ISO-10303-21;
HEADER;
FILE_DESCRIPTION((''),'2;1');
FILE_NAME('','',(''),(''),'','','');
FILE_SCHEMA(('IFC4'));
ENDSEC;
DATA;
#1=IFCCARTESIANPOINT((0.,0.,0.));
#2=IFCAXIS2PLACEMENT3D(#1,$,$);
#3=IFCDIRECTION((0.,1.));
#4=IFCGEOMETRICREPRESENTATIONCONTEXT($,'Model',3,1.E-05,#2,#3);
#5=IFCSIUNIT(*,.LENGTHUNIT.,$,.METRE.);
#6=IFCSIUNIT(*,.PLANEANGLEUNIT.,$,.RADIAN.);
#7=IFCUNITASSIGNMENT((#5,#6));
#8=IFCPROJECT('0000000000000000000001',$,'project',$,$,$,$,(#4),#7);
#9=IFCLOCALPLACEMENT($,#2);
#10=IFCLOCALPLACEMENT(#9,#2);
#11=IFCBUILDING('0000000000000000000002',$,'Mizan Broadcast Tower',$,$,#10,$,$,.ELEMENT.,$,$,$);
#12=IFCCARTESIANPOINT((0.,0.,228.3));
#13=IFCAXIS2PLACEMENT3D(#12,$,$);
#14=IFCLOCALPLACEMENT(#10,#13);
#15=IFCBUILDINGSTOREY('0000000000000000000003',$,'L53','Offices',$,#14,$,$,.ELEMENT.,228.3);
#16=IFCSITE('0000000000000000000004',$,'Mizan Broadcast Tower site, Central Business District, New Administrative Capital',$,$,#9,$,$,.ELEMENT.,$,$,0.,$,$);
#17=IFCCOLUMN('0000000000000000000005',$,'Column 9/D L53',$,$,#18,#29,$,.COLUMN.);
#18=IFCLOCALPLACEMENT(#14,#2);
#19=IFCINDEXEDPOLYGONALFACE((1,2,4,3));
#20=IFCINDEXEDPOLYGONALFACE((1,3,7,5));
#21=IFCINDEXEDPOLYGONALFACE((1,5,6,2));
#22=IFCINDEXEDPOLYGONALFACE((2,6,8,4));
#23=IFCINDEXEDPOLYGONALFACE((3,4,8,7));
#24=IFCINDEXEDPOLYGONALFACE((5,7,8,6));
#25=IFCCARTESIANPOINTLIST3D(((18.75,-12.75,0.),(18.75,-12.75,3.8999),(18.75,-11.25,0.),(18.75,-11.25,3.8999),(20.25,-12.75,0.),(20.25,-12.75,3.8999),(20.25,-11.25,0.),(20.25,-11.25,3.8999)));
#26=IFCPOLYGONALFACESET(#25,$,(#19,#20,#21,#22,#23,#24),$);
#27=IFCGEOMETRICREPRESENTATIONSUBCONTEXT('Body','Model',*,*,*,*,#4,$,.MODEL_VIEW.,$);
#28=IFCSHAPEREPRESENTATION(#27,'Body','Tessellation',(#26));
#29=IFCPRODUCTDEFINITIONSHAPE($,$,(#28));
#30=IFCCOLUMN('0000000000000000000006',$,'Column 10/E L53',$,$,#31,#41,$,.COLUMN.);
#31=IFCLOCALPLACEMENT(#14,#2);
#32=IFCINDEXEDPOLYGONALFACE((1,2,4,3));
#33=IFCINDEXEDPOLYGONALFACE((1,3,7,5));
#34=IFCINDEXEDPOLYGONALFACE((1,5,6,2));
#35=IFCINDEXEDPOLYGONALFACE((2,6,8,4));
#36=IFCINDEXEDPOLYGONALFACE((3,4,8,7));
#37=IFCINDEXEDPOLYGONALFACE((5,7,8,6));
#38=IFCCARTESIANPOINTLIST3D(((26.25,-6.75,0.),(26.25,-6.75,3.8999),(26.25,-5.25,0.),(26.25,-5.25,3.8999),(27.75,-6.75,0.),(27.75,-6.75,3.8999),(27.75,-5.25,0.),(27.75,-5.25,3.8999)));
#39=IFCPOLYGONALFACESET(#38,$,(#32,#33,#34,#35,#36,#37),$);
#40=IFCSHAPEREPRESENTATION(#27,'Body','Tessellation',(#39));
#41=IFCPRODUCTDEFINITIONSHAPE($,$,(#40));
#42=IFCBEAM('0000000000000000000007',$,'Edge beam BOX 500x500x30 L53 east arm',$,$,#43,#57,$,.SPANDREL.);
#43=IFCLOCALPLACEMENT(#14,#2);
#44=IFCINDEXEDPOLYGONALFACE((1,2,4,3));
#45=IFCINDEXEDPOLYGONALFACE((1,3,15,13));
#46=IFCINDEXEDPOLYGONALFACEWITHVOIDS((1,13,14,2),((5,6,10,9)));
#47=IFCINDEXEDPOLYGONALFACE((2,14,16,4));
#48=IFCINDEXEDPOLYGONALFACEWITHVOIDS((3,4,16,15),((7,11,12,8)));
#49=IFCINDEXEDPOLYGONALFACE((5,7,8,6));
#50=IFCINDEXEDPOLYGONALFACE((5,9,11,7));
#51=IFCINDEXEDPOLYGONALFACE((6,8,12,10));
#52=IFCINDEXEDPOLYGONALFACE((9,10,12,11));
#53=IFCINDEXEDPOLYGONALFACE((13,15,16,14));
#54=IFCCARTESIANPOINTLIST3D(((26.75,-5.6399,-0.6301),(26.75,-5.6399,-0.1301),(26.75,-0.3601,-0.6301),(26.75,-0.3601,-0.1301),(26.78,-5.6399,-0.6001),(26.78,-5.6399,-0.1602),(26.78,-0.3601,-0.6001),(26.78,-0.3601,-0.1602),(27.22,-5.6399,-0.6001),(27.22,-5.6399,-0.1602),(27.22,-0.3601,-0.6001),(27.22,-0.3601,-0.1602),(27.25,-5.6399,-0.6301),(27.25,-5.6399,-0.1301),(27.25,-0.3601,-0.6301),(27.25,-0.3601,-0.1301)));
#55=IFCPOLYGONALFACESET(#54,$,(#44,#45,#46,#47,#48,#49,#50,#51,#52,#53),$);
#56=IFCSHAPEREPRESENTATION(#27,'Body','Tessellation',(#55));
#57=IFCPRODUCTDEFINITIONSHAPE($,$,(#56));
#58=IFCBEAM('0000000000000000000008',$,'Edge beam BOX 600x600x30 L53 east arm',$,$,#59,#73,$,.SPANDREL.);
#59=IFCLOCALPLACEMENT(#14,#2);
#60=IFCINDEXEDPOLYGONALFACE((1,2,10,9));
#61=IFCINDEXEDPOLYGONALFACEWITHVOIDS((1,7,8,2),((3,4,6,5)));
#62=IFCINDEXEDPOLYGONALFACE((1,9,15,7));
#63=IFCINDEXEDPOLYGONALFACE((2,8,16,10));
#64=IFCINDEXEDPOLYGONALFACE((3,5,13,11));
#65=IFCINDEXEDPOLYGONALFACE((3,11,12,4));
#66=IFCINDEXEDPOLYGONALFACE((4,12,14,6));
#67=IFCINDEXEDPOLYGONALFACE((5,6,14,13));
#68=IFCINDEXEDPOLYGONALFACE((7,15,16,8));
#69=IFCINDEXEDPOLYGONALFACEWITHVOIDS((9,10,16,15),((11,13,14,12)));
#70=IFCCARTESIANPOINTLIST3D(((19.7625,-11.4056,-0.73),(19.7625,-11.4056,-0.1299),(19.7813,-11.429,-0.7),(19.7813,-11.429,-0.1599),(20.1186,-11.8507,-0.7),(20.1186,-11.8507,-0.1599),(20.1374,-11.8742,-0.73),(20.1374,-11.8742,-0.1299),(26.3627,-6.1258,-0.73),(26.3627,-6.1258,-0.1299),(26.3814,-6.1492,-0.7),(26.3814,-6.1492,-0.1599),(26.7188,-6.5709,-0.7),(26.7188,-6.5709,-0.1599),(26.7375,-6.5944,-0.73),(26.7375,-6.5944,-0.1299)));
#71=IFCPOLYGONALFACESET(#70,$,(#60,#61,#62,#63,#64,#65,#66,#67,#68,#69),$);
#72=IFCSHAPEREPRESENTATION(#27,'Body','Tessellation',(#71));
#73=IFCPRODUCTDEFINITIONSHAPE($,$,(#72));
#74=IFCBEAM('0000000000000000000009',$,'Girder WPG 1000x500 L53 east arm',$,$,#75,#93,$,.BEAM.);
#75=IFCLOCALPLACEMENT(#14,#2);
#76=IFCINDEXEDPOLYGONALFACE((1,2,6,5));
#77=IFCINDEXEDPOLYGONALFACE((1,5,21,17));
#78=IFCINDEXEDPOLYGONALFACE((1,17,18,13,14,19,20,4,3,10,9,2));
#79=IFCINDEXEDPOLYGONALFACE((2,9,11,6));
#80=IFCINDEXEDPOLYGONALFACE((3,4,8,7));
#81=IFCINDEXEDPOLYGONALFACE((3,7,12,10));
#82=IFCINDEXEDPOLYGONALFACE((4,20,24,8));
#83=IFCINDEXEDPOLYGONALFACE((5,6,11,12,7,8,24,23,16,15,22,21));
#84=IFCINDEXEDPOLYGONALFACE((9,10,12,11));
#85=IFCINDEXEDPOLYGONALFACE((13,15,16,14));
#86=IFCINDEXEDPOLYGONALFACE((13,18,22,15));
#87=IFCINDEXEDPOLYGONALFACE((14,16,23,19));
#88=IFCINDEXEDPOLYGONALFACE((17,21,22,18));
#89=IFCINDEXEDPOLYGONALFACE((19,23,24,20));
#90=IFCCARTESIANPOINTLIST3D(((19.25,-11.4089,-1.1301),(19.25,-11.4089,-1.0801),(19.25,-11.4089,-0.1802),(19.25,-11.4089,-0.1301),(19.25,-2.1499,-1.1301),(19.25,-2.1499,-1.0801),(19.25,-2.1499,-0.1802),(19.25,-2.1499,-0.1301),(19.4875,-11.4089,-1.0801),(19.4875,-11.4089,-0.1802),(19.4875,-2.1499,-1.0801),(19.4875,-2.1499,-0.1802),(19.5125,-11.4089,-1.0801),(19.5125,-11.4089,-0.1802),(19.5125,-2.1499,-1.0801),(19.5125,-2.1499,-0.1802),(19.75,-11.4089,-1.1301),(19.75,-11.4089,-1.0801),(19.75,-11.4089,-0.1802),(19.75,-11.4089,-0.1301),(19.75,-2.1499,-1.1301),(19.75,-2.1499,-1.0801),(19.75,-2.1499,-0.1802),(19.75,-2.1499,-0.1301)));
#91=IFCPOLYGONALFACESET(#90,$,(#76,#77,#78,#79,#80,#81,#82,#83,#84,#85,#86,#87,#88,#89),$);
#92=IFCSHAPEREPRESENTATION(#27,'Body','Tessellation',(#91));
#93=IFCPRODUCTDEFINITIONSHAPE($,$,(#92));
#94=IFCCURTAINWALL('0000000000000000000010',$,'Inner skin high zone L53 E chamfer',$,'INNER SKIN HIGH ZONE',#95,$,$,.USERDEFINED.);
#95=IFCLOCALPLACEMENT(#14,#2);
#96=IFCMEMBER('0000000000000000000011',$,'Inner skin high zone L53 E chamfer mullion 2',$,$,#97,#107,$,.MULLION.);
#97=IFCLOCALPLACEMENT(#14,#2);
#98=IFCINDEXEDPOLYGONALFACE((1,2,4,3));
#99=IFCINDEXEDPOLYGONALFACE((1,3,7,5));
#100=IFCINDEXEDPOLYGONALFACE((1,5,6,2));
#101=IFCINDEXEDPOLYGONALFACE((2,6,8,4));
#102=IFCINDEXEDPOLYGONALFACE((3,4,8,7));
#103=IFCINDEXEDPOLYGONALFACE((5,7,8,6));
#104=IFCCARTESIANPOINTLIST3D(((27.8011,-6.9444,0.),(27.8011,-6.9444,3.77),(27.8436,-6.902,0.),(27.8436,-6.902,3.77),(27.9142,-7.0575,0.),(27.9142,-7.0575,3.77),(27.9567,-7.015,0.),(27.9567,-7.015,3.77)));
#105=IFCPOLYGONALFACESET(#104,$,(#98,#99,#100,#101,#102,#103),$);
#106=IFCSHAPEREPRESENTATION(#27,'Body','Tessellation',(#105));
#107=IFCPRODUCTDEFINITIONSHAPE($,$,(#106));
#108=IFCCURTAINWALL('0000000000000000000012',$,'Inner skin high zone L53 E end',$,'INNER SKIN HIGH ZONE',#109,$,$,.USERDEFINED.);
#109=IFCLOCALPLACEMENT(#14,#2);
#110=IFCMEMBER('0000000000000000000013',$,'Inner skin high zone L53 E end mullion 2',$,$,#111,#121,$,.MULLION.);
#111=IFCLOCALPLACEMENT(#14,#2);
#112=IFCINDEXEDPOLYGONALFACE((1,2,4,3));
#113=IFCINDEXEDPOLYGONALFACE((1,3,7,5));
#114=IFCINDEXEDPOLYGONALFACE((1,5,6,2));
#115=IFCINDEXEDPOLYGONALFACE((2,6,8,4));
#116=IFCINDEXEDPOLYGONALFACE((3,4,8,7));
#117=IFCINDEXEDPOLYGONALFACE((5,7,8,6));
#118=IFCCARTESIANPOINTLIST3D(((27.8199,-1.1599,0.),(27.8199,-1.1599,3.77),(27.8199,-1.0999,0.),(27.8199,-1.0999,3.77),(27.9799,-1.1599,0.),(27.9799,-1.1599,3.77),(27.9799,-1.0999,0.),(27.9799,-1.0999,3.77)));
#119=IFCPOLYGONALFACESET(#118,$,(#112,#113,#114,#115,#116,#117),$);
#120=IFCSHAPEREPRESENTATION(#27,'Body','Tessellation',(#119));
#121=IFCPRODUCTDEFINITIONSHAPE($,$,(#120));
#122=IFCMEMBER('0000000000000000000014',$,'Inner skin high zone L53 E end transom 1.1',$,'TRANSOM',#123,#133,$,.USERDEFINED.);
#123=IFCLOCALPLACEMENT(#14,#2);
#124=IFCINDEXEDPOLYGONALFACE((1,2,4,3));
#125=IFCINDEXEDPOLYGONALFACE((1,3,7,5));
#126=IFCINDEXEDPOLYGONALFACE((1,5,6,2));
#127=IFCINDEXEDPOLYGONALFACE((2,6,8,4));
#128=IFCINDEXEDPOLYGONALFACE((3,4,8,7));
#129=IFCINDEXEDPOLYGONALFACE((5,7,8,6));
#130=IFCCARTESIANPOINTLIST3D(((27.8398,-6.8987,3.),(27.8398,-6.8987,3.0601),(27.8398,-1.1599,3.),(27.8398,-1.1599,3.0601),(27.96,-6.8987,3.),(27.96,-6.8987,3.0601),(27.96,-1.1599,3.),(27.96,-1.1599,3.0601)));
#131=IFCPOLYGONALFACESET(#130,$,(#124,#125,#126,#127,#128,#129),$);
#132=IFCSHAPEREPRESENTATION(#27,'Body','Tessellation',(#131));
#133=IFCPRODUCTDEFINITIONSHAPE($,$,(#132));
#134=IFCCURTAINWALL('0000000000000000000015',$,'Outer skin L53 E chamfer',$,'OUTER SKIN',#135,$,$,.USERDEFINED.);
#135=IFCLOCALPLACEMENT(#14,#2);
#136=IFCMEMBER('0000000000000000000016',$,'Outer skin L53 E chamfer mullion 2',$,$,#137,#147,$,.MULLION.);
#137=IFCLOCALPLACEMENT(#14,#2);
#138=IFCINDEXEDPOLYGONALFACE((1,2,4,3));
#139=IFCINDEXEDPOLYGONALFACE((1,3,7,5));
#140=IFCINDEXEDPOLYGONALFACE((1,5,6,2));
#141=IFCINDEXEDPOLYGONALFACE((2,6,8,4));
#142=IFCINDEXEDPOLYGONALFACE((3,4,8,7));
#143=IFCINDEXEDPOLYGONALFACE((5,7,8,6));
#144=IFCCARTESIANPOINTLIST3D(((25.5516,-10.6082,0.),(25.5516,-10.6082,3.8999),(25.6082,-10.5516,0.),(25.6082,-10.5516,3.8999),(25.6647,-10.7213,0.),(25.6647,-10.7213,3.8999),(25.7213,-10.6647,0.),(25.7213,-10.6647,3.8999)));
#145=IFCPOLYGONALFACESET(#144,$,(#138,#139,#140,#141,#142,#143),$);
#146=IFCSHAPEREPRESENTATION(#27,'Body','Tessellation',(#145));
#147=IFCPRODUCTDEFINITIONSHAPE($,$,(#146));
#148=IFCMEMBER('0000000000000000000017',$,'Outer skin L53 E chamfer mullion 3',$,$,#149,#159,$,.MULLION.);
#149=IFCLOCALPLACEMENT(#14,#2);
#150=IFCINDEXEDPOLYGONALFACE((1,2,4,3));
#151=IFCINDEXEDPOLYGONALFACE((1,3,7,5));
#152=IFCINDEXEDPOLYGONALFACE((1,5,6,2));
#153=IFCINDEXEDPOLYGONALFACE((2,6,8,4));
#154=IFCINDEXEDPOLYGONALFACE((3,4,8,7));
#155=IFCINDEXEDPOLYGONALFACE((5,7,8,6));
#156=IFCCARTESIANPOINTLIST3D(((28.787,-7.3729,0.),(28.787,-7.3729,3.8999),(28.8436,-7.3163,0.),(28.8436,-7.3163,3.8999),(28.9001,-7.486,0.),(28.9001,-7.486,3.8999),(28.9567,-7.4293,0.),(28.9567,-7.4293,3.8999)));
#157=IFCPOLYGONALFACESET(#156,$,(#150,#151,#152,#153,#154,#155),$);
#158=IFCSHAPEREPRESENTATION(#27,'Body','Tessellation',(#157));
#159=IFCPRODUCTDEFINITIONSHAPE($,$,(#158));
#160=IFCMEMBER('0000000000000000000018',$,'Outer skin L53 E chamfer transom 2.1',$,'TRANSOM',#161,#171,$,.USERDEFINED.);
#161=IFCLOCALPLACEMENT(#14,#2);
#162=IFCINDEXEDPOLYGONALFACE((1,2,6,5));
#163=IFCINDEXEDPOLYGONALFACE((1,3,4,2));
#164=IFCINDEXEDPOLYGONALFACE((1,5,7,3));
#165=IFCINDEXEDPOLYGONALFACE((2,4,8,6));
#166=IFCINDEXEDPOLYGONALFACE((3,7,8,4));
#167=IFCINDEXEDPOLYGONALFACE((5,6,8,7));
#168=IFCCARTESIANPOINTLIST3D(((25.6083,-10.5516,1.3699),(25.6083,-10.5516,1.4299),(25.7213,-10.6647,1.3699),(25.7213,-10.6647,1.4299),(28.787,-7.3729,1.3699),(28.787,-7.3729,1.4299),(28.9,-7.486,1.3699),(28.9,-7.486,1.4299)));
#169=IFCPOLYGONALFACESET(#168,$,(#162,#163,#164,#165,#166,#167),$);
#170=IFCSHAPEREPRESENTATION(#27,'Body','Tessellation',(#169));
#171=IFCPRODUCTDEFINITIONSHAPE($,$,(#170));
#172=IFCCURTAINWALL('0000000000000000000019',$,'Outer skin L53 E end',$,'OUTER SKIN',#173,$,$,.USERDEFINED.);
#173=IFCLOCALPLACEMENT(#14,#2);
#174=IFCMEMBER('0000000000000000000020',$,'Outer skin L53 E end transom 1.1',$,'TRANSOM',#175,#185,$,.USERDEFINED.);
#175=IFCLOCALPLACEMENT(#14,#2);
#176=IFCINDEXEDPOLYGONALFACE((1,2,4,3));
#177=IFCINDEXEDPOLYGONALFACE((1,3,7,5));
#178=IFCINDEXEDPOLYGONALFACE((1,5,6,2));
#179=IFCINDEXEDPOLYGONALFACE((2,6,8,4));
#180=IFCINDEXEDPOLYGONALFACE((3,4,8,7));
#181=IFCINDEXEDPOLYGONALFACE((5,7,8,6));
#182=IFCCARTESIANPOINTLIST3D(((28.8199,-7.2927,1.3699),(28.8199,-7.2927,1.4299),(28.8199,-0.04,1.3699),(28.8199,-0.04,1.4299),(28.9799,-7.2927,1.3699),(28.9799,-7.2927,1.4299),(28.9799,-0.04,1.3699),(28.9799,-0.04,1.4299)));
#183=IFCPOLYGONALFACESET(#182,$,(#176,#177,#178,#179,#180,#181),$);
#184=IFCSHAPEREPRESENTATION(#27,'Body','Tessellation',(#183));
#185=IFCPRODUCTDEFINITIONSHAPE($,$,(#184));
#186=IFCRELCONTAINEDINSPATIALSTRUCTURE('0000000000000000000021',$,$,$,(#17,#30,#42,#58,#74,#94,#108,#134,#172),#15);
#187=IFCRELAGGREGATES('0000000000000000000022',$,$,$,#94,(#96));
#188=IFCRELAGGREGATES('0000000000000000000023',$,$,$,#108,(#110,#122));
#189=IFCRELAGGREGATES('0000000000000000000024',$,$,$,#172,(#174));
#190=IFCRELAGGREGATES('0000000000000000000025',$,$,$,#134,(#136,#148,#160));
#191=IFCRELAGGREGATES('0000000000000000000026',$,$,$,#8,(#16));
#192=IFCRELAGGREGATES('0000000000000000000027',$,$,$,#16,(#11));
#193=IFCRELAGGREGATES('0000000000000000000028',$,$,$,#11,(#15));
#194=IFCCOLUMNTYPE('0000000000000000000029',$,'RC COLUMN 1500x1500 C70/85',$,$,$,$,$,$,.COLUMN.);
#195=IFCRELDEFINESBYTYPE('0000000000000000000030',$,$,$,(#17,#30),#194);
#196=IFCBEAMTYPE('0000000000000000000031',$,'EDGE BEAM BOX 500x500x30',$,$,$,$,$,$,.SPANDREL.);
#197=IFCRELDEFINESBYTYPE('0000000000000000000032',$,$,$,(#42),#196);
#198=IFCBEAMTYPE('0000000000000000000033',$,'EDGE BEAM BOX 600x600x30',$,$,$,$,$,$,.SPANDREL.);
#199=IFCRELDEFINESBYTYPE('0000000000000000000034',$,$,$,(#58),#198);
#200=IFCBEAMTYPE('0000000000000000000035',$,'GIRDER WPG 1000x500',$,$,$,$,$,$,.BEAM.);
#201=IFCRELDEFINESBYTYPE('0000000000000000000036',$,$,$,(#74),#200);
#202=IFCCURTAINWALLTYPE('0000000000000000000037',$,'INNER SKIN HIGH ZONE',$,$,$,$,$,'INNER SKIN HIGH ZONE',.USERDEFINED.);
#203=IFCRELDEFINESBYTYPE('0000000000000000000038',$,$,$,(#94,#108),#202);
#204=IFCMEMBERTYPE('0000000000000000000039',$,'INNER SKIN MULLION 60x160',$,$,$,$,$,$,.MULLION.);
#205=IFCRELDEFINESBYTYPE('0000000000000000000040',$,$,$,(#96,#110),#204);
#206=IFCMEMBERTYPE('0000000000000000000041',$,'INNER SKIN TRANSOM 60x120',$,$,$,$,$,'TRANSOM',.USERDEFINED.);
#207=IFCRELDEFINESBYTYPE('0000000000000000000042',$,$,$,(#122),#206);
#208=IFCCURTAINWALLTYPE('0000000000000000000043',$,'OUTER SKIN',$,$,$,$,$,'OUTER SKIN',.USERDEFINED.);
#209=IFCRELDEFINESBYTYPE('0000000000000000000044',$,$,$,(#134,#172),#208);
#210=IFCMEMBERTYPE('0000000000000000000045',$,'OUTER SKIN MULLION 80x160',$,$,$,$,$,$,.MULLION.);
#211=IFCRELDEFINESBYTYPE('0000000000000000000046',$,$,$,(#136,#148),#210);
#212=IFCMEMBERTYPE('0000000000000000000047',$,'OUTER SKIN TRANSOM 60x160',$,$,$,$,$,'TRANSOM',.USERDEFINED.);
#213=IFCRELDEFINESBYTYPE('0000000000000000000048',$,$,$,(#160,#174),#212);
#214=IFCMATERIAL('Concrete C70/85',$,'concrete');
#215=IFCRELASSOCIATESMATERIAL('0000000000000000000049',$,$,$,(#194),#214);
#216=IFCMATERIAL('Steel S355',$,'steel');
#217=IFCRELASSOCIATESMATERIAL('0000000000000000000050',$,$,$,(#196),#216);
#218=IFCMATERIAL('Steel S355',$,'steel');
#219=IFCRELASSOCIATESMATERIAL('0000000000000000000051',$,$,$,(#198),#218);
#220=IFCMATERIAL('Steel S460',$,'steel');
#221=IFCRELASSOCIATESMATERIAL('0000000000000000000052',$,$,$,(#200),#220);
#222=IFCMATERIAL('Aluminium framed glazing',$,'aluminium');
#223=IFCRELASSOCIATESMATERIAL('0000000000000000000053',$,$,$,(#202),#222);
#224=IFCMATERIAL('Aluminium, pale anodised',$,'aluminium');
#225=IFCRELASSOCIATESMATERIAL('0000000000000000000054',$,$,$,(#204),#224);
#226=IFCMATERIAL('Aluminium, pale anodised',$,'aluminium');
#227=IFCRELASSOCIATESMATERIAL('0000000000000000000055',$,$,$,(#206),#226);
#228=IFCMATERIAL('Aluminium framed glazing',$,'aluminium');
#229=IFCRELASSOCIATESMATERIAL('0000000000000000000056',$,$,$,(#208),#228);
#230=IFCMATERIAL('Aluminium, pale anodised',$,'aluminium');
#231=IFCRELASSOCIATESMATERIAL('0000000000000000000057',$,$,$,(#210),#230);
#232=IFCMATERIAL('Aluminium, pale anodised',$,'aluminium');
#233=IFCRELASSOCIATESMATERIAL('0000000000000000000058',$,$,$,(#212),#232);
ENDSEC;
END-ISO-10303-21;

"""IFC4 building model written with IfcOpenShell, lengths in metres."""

from ifc_helpers import new_model, si_unit, direction, frame, origin, origin_2d, place, context, subcontext, project, spatial, rectangle, hollow_rectangle, i_section, extrude, material, material_profile, profile_set, type_object, element, aggregate, save


model = new_model("IFC4")

# Units and contexts
model_context = context("Model", 3, precision=1e-05, world=origin(), true_north=direction((0.0, 1.0)))
body_context = subcontext(model_context, "Body", "Model", "MODEL_VIEW")
ifc_project = project(units=[si_unit("LENGTHUNIT", "METRE"), si_unit("PLANEANGLEUNIT", "RADIAN")], contexts=[model_context])

# Site, building, storey
site_placement = place(None, origin())
site = spatial("IfcSite", under=ifc_project, at=site_placement, Name="Mizan Broadcast Tower site, Central Business District, New Administrative Capital", CompositionType="ELEMENT", RefElevation=0.0)
building_placement = place(site_placement, origin())
building = spatial("IfcBuilding", under=site, at=building_placement, Name="Mizan Broadcast Tower", CompositionType="ELEMENT")
storey_placement = place(building_placement, frame((0.0, 0.0, 228.3)))
storey = spatial("IfcBuildingStorey", under=building, at=storey_placement, Name="L53", Description="Offices", CompositionType="ELEMENT", Elevation=228.3)

# Columns
ifc_material_1 = material(Name="Concrete C70/85", Category="concrete")
ifc_material_profile_1 = material_profile(ifc_material_1, rectangle(XDim=1.5, YDim=1.5, at=origin_2d()), Name="RC 1500x1500")
ifc_profile_set_1 = profile_set([ifc_material_profile_1], Name="Concrete C70/85")
column_type = type_object("IfcColumnType", Name="RC COLUMN 1500x1500 C70/85", PredefinedType="COLUMN", material=ifc_profile_set_1)
for number, where, z_axis, x_axis, name in (
    (1, (19.5, -12.0, 0.0), (0.0, 0.0, 1.0), (1.0, 0.0, 0.0), "Column 9/D L53"),
    (2, (27.0, -6.0, 0.0), (0.0, 0.0, 1.0), (1.0, 0.0, 0.0), "Column 10/E L53"),
):
    element("IfcColumn", number, at=place(storey_placement, frame(where, z_axis=z_axis, x_axis=x_axis)), inside=storey, type_object=column_type, Name=name, PredefinedType="COLUMN", context=body_context, shape_type="SweptSolid", body=[
        extrude(rectangle(XDim=1.5, YDim=1.5, at=origin_2d()), origin(), (0.0, 0.0, 1.0), 3.8999),
    ])

# Beams
ifc_material_2 = material(Name="Steel S355", Category="steel")
ifc_material_profile_2 = material_profile(ifc_material_2, hollow_rectangle(XDim=0.5, YDim=0.5, WallThickness=0.03, at=origin_2d()), Name="BOX 500x500x30")
ifc_profile_set_2 = profile_set([ifc_material_profile_2], Name="Steel S355")
beam_type_1 = type_object("IfcBeamType", Name="EDGE BEAM BOX 500x500x30", PredefinedType="SPANDREL", material=ifc_profile_set_2)
beam_1_placement = place(storey_placement, frame((27.0, -5.6399, -0.3801), z_axis=(0.0, 1.0, 0.0), x_axis=(-1.0, 0.0, 0.0)))
element("IfcBeam", 3, at=beam_1_placement, inside=storey, type_object=beam_type_1, Name="Edge beam BOX 500x500x30 L53 east arm", PredefinedType="SPANDREL", context=body_context, shape_type="SweptSolid", body=[
    extrude(hollow_rectangle(XDim=0.5, YDim=0.5, WallThickness=0.03, at=origin_2d()), origin(), (0.0, 0.0, 1.0), 5.2798),
])
ifc_material_3 = material(Name="Steel S355", Category="steel")
ifc_material_profile_3 = material_profile(ifc_material_3, hollow_rectangle(XDim=0.6001, YDim=0.6001, WallThickness=0.03, at=origin_2d()), Name="BOX 600x600x30")
ifc_profile_set_3 = profile_set([ifc_material_profile_3], Name="Steel S355")
beam_type_2 = type_object("IfcBeamType", Name="EDGE BEAM BOX 600x600x30", PredefinedType="SPANDREL", material=ifc_profile_set_3)
beam_2_placement = place(storey_placement, frame((19.95, -11.6399, -0.4299), z_axis=(0.780886, 0.624674, 0.0), x_axis=(-0.624674, 0.780886, 0.0)))
element("IfcBeam", 4, at=beam_2_placement, inside=storey, type_object=beam_type_2, Name="Edge beam BOX 600x600x30 L53 east arm", PredefinedType="SPANDREL", context=body_context, shape_type="SweptSolid", body=[
    extrude(hollow_rectangle(XDim=0.6001, YDim=0.6001, WallThickness=0.03, at=origin_2d()), origin(), (0.0, 0.0, 1.0), 8.4521),
])
ifc_material_4 = material(Name="Steel S460", Category="steel")
ifc_material_profile_4 = material_profile(ifc_material_4, i_section(OverallWidth=0.5, OverallDepth=1.0, WebThickness=0.0249, FlangeThickness=0.05, at=origin_2d()), Name="WPG 1000x500")
ifc_profile_set_4 = profile_set([ifc_material_profile_4], Name="Steel S460")
beam_type_3 = type_object("IfcBeamType", Name="GIRDER WPG 1000x500", PredefinedType="BEAM", material=ifc_profile_set_4)
beam_3_placement = place(storey_placement, frame((19.5, -11.4089, -0.6301), z_axis=(0.0, 1.0, 0.0), x_axis=(-1.0, 0.0, 0.0)))
element("IfcBeam", 5, at=beam_3_placement, inside=storey, type_object=beam_type_3, Name="Girder WPG 1000x500 L53 east arm", PredefinedType="BEAM", context=body_context, shape_type="SweptSolid", body=[
    extrude(i_section(OverallWidth=0.5, OverallDepth=1.0, WebThickness=0.0249, FlangeThickness=0.05, at=origin_2d()), origin(), (0.0, 0.0, 1.0), 9.259),
])

# Curtain wall, member
ifc_material_5 = material(Name="Aluminium framed glazing", Category="aluminium")
curtain_wall_type_1 = type_object("IfcCurtainWallType", Name="INNER SKIN HIGH ZONE", ElementType="INNER SKIN HIGH ZONE", PredefinedType="USERDEFINED", material=ifc_material_5)
curtain_wall_1_placement = place(storey_placement, origin())
curtain_wall_1 = element("IfcCurtainWall", 6, at=curtain_wall_1_placement, inside=storey, type_object=curtain_wall_type_1, Name="Inner skin high zone L53 E chamfer", ObjectType="INNER SKIN HIGH ZONE", PredefinedType="USERDEFINED")
ifc_material_6 = material(Name="Aluminium, pale anodised", Category="aluminium")
ifc_material_profile_5 = material_profile(ifc_material_6, rectangle(XDim=0.1599, YDim=0.0601, at=origin_2d()), Name="MULLION 160x60")
ifc_profile_set_5 = profile_set([ifc_material_profile_5], Name="Aluminium, pale anodised")
member_type_1 = type_object("IfcMemberType", Name="INNER SKIN MULLION 60x160", PredefinedType="MULLION", material=ifc_profile_set_5)
member_1_placement = place(storey_placement, frame((27.8789, -6.9797, 0.0), z_axis=(0.0, 0.0, 1.0), x_axis=(-0.707107, 0.707107, 0.0)))
member_1 = element("IfcMember", 7, at=member_1_placement, type_object=member_type_1, Name="Inner skin high zone L53 E chamfer mullion 2", PredefinedType="MULLION", context=body_context, shape_type="SweptSolid", body=[
    extrude(rectangle(XDim=0.1599, YDim=0.0601, at=origin_2d()), origin(), (0.0, 0.0, 1.0), 3.77),
])

# Curtain walls, members
curtain_wall_2_placement = place(storey_placement, origin())
curtain_wall_2 = element("IfcCurtainWall", 8, at=curtain_wall_2_placement, inside=storey, type_object=curtain_wall_type_1, Name="Inner skin high zone L53 E end", ObjectType="INNER SKIN HIGH ZONE", PredefinedType="USERDEFINED")
member_2_placement = place(storey_placement, frame((27.8999, -1.1299, 0.0), z_axis=(0.0, 0.0, 1.0), x_axis=(-1.0, 0.0, 0.0)))
member_2 = element("IfcMember", 9, at=member_2_placement, type_object=member_type_1, Name="Inner skin high zone L53 E end mullion 2", PredefinedType="MULLION", context=body_context, shape_type="SweptSolid", body=[
    extrude(rectangle(XDim=0.1599, YDim=0.0601, at=origin_2d()), origin(), (0.0, 0.0, 1.0), 3.77),
])
ifc_material_7 = material(Name="Aluminium, pale anodised", Category="aluminium")
ifc_material_profile_6 = material_profile(ifc_material_7, rectangle(XDim=0.1201, YDim=0.0601, at=origin_2d()), Name="TRANSOM 120x60")
ifc_profile_set_6 = profile_set([ifc_material_profile_6], Name="Aluminium, pale anodised")
member_type_2 = type_object("IfcMemberType", Name="INNER SKIN TRANSOM 60x120", ElementType="TRANSOM", PredefinedType="USERDEFINED", material=ifc_profile_set_6)
member_3_placement = place(storey_placement, frame((27.8999, -6.8987, 3.03), z_axis=(0.0, 1.0, 0.0), x_axis=(-1.0, 0.0, 0.0)))
member_3 = element("IfcMember", 10, at=member_3_placement, type_object=member_type_2, Name="Inner skin high zone L53 E end transom 1.1", ObjectType="TRANSOM", PredefinedType="USERDEFINED", context=body_context, shape_type="SweptSolid", body=[
    extrude(rectangle(XDim=0.1201, YDim=0.0601, at=origin_2d()), origin(), (0.0, 0.0, 1.0), 5.7388),
])
ifc_material_8 = material(Name="Aluminium framed glazing", Category="aluminium")
curtain_wall_type_2 = type_object("IfcCurtainWallType", Name="OUTER SKIN", ElementType="OUTER SKIN", PredefinedType="USERDEFINED", material=ifc_material_8)
curtain_wall_3_placement = place(storey_placement, origin())
curtain_wall_3 = element("IfcCurtainWall", 11, at=curtain_wall_3_placement, inside=storey, type_object=curtain_wall_type_2, Name="Outer skin L53 E chamfer", ObjectType="OUTER SKIN", PredefinedType="USERDEFINED")
ifc_material_9 = material(Name="Aluminium, pale anodised", Category="aluminium")
ifc_material_profile_7 = material_profile(ifc_material_9, rectangle(XDim=0.1599, YDim=0.0801, at=origin_2d()), Name="MULLION 160x80")
ifc_profile_set_7 = profile_set([ifc_material_profile_7], Name="Aluminium, pale anodised")
member_type_3 = type_object("IfcMemberType", Name="OUTER SKIN MULLION 80x160", PredefinedType="MULLION", material=ifc_profile_set_7)
member_4_placement = place(storey_placement, frame((25.6365, -10.6365, 0.0), z_axis=(0.0, 0.0, 1.0), x_axis=(-0.707107, 0.707107, 0.0)))
member_4 = element("IfcMember", 12, at=member_4_placement, type_object=member_type_3, Name="Outer skin L53 E chamfer mullion 2", PredefinedType="MULLION", context=body_context, shape_type="SweptSolid", body=[
    extrude(rectangle(XDim=0.1599, YDim=0.0801, at=origin_2d()), origin(), (0.0, 0.0, 1.0), 3.8999),
])
member_5_placement = place(storey_placement, frame((28.8718, -7.4011, 0.0), z_axis=(0.0, 0.0, 1.0), x_axis=(-0.707107, 0.707107, 0.0)))
member_5 = element("IfcMember", 13, at=member_5_placement, type_object=member_type_3, Name="Outer skin L53 E chamfer mullion 3", PredefinedType="MULLION", context=body_context, shape_type="SweptSolid", body=[
    extrude(rectangle(XDim=0.1599, YDim=0.0801, at=origin_2d()), origin(), (0.0, 0.0, 1.0), 3.8999),
])
ifc_material_10 = material(Name="Aluminium, pale anodised", Category="aluminium")
ifc_material_profile_8 = material_profile(ifc_material_10, rectangle(XDim=0.1599, YDim=0.0601, at=origin_2d()), Name="TRANSOM 160x60")
ifc_profile_set_8 = profile_set([ifc_material_profile_8], Name="Aluminium, pale anodised")
member_type_4 = type_object("IfcMemberType", Name="OUTER SKIN TRANSOM 60x160", ElementType="TRANSOM", PredefinedType="USERDEFINED", material=ifc_profile_set_8)
member_6_placement = place(storey_placement, frame((25.6648, -10.6082, 1.3999), z_axis=(0.707107, 0.707107, 0.0), x_axis=(-0.707107, 0.707107, 0.0)))
member_6 = element("IfcMember", 14, at=member_6_placement, type_object=member_type_4, Name="Outer skin L53 E chamfer transom 2.1", ObjectType="TRANSOM", PredefinedType="USERDEFINED", context=body_context, shape_type="SweptSolid", body=[
    extrude(rectangle(XDim=0.1599, YDim=0.0601, at=origin_2d()), origin(), (0.0, 0.0, 1.0), 4.4954),
])

# Curtain wall, member
curtain_wall_4_placement = place(storey_placement, origin())
curtain_wall_4 = element("IfcCurtainWall", 15, at=curtain_wall_4_placement, inside=storey, type_object=curtain_wall_type_2, Name="Outer skin L53 E end", ObjectType="OUTER SKIN", PredefinedType="USERDEFINED")
member_7_placement = place(storey_placement, frame((28.8999, -7.2927, 1.3999), z_axis=(0.0, 1.0, 0.0), x_axis=(-1.0, 0.0, 0.0)))
member_7 = element("IfcMember", 16, at=member_7_placement, type_object=member_type_4, Name="Outer skin L53 E end transom 1.1", ObjectType="TRANSOM", PredefinedType="USERDEFINED", context=body_context, shape_type="SweptSolid", body=[
    extrude(rectangle(XDim=0.1599, YDim=0.0601, at=origin_2d()), origin(), (0.0, 0.0, 1.0), 7.2527),
])

aggregate(curtain_wall_1, [member_1])
aggregate(curtain_wall_2, [member_2, member_3])
aggregate(curtain_wall_4, [member_7])
aggregate(curtain_wall_3, [member_4, member_5, member_6])

save(model, "model.ifc")
